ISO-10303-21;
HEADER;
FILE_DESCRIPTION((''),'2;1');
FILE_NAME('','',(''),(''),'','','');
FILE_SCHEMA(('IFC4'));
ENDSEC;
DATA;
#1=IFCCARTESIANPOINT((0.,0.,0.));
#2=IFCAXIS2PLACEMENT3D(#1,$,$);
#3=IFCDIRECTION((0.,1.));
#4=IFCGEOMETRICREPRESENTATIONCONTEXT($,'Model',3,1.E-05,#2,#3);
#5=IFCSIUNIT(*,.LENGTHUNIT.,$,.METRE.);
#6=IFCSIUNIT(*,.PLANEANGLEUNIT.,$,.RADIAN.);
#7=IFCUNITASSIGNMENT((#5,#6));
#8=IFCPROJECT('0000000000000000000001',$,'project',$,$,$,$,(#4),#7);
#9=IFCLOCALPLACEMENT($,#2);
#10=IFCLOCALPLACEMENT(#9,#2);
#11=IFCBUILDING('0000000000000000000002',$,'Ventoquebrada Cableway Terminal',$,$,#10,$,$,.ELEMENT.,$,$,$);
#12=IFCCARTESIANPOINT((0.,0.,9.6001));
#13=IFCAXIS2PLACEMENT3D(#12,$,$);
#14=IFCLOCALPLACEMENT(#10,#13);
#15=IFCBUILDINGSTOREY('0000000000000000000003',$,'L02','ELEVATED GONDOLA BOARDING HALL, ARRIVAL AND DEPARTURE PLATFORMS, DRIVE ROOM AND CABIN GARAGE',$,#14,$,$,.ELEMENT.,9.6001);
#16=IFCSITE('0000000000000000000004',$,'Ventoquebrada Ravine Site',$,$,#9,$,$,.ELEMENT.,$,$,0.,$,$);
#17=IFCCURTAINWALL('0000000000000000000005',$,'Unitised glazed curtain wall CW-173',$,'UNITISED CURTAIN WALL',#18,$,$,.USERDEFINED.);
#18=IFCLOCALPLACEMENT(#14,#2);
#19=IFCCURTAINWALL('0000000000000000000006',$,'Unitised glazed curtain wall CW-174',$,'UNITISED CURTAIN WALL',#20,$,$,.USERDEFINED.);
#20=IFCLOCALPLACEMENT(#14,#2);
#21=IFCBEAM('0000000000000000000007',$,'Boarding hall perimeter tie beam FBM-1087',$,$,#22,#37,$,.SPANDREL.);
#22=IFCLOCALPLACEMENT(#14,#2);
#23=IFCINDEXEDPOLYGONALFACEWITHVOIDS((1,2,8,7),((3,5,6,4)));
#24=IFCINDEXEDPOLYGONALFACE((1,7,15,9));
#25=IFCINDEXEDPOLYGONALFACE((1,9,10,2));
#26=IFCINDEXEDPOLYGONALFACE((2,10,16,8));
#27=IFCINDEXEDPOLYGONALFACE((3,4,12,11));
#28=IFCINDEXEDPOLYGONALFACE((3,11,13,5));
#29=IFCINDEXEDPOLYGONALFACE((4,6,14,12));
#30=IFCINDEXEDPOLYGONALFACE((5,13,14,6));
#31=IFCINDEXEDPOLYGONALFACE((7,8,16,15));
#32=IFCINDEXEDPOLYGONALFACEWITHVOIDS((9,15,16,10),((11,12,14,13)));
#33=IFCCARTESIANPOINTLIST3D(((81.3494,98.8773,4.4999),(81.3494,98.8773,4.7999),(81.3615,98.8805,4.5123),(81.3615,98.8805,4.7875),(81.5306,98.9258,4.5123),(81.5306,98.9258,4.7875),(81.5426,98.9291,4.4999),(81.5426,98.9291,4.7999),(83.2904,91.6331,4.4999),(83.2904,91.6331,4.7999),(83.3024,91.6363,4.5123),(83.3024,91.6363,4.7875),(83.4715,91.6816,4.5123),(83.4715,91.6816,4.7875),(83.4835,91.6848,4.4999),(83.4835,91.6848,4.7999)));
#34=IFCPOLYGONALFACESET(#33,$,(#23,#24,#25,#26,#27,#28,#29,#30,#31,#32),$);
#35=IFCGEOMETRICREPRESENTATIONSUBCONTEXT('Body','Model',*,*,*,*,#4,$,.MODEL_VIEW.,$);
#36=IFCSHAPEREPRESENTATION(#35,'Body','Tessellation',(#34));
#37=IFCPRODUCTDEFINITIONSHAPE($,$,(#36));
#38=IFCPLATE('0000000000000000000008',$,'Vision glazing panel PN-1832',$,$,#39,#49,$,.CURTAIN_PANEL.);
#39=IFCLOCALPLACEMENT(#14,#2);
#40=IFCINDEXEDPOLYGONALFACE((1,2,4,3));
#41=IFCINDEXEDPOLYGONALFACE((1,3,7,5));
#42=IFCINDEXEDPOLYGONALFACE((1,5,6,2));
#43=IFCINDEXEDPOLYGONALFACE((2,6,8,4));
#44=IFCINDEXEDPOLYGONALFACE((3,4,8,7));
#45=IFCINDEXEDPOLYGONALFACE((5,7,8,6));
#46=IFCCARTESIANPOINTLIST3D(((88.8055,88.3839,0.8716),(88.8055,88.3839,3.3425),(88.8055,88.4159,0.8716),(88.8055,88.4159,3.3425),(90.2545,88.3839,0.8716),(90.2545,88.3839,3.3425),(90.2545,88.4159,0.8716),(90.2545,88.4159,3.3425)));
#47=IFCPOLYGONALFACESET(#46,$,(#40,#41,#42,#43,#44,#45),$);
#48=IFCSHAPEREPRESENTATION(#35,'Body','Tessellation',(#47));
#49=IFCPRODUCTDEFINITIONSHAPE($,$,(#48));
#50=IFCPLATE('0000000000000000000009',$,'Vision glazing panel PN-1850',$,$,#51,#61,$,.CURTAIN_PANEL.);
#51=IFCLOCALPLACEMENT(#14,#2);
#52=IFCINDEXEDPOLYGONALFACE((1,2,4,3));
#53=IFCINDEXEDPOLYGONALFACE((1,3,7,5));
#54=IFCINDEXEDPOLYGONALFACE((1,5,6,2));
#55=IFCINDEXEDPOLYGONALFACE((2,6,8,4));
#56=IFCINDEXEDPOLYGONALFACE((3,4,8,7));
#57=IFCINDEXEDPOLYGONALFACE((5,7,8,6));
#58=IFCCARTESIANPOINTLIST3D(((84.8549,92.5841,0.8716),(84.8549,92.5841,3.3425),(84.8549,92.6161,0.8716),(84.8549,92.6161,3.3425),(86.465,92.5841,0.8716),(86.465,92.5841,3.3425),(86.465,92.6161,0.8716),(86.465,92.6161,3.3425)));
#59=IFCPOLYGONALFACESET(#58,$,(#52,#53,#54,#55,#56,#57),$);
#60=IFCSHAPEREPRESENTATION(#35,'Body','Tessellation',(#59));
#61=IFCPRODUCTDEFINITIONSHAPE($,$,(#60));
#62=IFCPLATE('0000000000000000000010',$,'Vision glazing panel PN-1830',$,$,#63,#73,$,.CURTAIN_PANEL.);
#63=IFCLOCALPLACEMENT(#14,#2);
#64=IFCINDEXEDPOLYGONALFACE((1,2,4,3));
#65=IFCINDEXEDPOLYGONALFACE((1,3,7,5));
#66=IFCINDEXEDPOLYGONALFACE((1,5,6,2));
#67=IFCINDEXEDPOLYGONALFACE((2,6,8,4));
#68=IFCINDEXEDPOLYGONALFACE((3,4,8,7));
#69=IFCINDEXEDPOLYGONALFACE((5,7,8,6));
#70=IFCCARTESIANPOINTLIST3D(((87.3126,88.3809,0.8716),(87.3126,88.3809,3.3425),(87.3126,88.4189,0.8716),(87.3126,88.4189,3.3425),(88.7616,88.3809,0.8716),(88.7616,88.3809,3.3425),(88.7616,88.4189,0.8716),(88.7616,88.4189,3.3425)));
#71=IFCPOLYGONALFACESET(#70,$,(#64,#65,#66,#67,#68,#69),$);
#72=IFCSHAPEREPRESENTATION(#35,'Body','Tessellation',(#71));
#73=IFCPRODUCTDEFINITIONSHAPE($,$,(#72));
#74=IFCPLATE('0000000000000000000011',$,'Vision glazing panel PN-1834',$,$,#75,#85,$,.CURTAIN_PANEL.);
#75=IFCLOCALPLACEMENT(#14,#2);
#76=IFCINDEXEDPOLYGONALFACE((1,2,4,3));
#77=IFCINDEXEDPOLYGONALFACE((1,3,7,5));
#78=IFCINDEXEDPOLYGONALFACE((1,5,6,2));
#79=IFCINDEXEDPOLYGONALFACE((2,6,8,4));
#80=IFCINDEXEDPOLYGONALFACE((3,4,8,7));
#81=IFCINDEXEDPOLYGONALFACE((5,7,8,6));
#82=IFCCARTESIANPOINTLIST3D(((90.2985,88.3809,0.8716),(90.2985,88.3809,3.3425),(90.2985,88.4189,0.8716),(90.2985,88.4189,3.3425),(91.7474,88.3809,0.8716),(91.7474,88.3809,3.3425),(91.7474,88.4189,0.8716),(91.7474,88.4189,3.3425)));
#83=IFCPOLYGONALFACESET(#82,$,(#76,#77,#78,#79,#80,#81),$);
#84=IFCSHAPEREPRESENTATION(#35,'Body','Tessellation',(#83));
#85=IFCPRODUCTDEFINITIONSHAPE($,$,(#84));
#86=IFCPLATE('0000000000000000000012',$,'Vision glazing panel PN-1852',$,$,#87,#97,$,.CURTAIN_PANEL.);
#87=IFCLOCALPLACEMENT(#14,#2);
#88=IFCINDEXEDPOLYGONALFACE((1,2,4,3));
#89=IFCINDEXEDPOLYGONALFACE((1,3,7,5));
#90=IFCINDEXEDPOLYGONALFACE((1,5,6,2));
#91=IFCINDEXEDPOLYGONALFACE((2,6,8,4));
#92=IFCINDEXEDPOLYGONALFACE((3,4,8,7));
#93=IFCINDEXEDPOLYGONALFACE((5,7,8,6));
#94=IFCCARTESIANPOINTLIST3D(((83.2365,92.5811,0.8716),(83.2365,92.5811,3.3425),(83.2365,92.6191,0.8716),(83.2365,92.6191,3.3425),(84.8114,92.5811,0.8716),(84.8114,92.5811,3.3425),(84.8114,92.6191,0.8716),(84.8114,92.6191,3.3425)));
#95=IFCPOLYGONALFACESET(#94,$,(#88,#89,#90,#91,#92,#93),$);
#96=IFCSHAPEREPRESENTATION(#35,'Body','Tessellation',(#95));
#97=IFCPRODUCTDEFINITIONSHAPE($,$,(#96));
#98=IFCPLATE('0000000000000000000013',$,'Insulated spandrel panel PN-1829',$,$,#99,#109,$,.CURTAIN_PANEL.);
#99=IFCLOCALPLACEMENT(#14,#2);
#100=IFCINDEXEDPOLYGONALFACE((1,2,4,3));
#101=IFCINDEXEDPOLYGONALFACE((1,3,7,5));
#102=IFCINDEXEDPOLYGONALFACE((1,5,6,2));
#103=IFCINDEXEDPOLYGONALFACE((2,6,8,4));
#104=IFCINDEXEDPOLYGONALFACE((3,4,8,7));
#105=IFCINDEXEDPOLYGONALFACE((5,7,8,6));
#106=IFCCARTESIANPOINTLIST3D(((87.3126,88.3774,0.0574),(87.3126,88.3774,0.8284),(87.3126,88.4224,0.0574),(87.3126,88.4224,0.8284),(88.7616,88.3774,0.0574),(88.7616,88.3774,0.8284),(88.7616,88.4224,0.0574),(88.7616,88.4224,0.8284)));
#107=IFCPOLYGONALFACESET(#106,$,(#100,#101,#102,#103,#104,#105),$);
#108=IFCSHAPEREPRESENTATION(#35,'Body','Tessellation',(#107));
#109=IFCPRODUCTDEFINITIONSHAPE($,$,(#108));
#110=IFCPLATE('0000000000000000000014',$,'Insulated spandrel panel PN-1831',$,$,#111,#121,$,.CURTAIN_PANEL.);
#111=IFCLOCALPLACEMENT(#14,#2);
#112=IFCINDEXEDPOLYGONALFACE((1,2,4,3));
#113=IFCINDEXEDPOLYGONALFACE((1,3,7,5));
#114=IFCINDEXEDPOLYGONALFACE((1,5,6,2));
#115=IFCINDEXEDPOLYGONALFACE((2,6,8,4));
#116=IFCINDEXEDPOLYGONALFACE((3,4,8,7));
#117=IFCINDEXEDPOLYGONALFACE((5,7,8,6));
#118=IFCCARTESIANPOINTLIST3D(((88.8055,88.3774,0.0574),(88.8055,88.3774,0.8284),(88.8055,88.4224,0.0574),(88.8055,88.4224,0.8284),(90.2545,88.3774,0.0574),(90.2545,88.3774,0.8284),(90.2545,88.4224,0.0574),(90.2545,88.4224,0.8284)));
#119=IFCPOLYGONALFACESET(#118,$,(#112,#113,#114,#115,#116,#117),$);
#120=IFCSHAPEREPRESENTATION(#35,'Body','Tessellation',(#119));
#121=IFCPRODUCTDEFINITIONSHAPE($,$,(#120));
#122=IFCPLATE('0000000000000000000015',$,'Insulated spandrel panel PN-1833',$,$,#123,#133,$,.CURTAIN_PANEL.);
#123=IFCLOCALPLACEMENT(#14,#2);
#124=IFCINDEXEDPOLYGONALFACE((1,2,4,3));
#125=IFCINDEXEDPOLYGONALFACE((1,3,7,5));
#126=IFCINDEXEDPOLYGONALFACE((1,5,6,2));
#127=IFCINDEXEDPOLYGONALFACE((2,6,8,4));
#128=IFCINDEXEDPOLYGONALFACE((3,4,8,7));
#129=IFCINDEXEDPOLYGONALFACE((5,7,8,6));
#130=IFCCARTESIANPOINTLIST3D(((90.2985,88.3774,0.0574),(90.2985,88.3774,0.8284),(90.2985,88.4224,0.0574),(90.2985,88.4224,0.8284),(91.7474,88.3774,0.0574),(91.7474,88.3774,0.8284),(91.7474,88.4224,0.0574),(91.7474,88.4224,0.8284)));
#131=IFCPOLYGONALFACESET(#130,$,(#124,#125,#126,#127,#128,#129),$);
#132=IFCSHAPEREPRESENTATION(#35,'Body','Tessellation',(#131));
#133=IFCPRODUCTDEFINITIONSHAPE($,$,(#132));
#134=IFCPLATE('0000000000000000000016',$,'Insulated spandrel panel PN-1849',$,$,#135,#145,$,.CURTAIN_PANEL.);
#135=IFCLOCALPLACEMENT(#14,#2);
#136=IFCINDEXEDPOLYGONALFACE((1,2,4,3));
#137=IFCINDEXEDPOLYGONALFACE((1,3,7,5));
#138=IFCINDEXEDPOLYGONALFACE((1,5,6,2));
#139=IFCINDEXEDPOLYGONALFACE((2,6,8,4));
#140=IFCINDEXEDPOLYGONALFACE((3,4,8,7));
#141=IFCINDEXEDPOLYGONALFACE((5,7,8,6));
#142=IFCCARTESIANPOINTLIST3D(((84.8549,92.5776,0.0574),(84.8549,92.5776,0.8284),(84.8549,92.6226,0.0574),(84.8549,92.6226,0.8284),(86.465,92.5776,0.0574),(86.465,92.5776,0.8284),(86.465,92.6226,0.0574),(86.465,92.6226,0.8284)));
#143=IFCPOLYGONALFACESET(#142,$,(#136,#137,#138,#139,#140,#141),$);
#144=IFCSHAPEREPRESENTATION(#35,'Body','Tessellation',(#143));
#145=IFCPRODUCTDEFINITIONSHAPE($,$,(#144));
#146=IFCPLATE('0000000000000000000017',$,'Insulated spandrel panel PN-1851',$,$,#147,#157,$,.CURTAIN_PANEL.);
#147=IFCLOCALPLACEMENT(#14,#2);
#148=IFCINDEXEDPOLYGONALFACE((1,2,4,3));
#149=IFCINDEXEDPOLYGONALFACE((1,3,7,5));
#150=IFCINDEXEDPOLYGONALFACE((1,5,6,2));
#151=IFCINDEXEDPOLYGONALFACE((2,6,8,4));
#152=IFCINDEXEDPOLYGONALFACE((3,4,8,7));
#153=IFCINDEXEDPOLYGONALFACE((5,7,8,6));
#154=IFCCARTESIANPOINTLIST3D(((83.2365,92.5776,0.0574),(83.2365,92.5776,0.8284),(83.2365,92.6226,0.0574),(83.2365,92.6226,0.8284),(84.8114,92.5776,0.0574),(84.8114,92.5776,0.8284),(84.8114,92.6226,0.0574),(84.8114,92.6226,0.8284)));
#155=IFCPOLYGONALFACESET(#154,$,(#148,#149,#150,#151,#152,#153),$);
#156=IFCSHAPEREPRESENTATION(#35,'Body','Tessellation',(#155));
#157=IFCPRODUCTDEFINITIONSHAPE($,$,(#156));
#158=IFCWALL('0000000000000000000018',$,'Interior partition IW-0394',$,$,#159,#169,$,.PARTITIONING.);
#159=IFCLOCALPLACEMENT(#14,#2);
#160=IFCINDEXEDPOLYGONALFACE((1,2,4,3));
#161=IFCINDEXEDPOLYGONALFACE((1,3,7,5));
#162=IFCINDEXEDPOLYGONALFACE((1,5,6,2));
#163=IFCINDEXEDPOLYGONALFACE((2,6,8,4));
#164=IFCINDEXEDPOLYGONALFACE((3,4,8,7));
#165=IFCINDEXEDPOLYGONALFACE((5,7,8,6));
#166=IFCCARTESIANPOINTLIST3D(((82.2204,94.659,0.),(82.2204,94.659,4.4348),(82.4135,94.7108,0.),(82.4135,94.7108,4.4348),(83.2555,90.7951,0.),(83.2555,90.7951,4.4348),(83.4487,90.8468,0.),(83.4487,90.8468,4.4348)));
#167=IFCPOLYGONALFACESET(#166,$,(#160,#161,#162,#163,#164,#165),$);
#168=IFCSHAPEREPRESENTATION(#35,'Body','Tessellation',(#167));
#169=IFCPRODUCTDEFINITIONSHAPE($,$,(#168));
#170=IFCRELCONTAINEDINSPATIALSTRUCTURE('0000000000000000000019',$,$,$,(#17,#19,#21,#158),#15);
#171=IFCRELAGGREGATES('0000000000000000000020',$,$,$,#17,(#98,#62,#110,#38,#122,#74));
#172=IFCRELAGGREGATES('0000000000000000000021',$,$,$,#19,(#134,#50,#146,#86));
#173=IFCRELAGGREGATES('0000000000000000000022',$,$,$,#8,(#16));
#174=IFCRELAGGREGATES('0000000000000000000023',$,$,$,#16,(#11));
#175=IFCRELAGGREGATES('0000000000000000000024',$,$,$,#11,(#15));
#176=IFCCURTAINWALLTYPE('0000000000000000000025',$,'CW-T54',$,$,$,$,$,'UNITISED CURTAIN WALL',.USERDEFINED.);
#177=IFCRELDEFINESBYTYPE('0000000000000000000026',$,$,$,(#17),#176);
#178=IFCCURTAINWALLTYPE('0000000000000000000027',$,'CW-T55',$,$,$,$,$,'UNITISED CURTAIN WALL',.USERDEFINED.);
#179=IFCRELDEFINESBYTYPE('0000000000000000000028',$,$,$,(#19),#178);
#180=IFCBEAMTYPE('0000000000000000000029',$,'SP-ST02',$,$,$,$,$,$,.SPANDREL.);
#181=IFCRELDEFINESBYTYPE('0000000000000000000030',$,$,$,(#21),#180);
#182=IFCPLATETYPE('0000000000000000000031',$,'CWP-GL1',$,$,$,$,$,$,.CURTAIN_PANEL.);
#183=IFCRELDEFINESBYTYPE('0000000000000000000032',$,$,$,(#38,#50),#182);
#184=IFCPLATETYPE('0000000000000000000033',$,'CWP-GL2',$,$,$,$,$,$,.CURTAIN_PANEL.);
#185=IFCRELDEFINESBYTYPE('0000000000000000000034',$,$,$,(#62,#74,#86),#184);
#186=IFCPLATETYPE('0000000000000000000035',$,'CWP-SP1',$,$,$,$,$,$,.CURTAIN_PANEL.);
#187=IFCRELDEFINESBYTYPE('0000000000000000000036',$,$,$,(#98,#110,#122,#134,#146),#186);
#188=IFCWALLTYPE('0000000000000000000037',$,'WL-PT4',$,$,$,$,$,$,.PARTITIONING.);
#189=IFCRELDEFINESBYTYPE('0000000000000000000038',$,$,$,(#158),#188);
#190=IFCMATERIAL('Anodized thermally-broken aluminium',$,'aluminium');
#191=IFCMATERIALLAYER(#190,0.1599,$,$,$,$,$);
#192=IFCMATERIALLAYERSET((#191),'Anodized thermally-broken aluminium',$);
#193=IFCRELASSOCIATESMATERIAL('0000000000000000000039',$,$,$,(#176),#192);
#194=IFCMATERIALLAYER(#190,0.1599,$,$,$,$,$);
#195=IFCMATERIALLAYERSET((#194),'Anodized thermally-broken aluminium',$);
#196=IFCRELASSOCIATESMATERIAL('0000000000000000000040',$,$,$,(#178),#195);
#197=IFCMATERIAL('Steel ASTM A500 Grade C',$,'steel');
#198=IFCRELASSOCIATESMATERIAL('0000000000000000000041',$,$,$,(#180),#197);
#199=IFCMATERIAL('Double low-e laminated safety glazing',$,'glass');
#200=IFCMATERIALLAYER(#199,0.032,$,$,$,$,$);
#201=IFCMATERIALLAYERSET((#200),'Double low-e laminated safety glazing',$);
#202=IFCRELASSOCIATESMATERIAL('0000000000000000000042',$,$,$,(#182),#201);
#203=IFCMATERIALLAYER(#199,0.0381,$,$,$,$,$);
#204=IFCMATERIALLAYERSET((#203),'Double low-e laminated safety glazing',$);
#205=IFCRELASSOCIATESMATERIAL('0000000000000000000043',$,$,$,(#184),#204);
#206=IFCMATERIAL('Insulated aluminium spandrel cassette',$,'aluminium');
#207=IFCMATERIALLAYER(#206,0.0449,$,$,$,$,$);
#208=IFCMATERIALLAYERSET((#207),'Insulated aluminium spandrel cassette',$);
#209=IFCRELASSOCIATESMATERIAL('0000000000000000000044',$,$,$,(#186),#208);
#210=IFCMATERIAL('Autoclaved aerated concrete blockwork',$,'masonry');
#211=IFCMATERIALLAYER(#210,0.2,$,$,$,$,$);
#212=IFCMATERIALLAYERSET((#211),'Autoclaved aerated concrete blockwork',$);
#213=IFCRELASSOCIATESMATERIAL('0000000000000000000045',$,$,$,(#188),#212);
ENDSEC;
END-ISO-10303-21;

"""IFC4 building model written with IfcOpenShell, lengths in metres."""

from ifc_helpers import new_model, si_unit, direction, frame, frame_2d, origin, origin_2d, place, context, subcontext, project, spatial, rectangle, hollow_rectangle, extrude, material, layer, layer_set, material_profile, profile_set, type_object, element, aggregate, save


model = new_model("IFC4")

# Units and contexts
model_context = context("Model", 3, precision=1e-05, world=origin(), true_north=direction((0.0, 1.0)))
body_context = subcontext(model_context, "Body", "Model", "MODEL_VIEW")
ifc_project = project(units=[si_unit("LENGTHUNIT", "METRE"), si_unit("PLANEANGLEUNIT", "RADIAN")], contexts=[model_context])

# Site, building, storey
site_placement = place(None, origin())
site = spatial("IfcSite", under=ifc_project, at=site_placement, Name="Ventoquebrada Ravine Site", CompositionType="ELEMENT", RefElevation=0.0)
building_placement = place(site_placement, origin())
building = spatial("IfcBuilding", under=site, at=building_placement, Name="Ventoquebrada Cableway Terminal", CompositionType="ELEMENT")
storey_placement = place(building_placement, frame((0.0, 0.0, 9.6001)))
storey = spatial("IfcBuildingStorey", under=building, at=storey_placement, Name="L02", Description="ELEVATED GONDOLA BOARDING HALL, ARRIVAL AND DEPARTURE PLATFORMS, DRIVE ROOM AND CABIN GARAGE", CompositionType="ELEMENT", Elevation=9.6001)

# Shared definitions
ifc_material_1 = material(Name="Steel ASTM A500 Grade C", Category="steel")

# Curtain walls
ifc_material_2 = material(Name="Anodized thermally-broken aluminium", Category="aluminium")
ifc_layer_1 = layer(ifc_material_2, 0.1599)
ifc_layer_set_1 = layer_set([ifc_layer_1], Name="Anodized thermally-broken aluminium")
curtain_wall_type_1 = type_object("IfcCurtainWallType", Name="CW-T54", ElementType="UNITISED CURTAIN WALL", PredefinedType="USERDEFINED", material=ifc_layer_set_1)
curtain_wall_1_placement = place(storey_placement, origin())
curtain_wall_1 = element("IfcCurtainWall", 1, at=curtain_wall_1_placement, inside=storey, type_object=curtain_wall_type_1, Name="Unitised glazed curtain wall CW-173", ObjectType="UNITISED CURTAIN WALL", PredefinedType="USERDEFINED")
ifc_layer_2 = layer(ifc_material_2, 0.1599)
ifc_layer_set_2 = layer_set([ifc_layer_2], Name="Anodized thermally-broken aluminium")
curtain_wall_type_2 = type_object("IfcCurtainWallType", Name="CW-T55", ElementType="UNITISED CURTAIN WALL", PredefinedType="USERDEFINED", material=ifc_layer_set_2)
curtain_wall_2_placement = place(storey_placement, origin())
curtain_wall_2 = element("IfcCurtainWall", 2, at=curtain_wall_2_placement, inside=storey, type_object=curtain_wall_type_2, Name="Unitised glazed curtain wall CW-174", ObjectType="UNITISED CURTAIN WALL", PredefinedType="USERDEFINED")

# Beam
ifc_material_profile_1 = material_profile(ifc_material_1, hollow_rectangle(XDim=0.2, YDim=0.3, WallThickness=0.0125, at=origin_2d()), Name="RHS300X200X12.5")
ifc_profile_set_1 = profile_set([ifc_material_profile_1], Name="Steel ASTM A500 Grade C")
beam_type_1 = type_object("IfcBeamType", Name="SP-ST02", PredefinedType="SPANDREL", material=ifc_profile_set_1)
beam_1_placement = place(storey_placement, frame((83.387, 91.6589, 4.6499), z_axis=(-0.258801, 0.965931, 0.0), x_axis=(-0.965931, -0.258801, 0.0)))
element("IfcBeam", 3, at=beam_1_placement, inside=storey, type_object=beam_type_1, Name="Boarding hall perimeter tie beam FBM-1087", PredefinedType="SPANDREL", context=body_context, shape_type="SweptSolid", body=[
    extrude(hollow_rectangle(XDim=0.2, YDim=0.3, WallThickness=0.0125, at=origin_2d()), origin(), (0.0, 0.0, 1.0), 7.4998),
])

# Plates
ifc_material_3 = material(Name="Double low-e laminated safety glazing", Category="glass")
ifc_layer_3 = layer(ifc_material_3, 0.032)
ifc_layer_set_3 = layer_set([ifc_layer_3], Name="Double low-e laminated safety glazing")
plate_type_1 = type_object("IfcPlateType", Name="CWP-GL1", PredefinedType="CURTAIN_PANEL", material=ifc_layer_set_3)
plate_1_placement = place(storey_placement, frame((89.53, 88.3999, 0.8716), z_axis=(0.0, 0.0, 1.0), x_axis=(1.0, 0.0, 0.0)))
plate_1 = element("IfcPlate", 4, at=plate_1_placement, type_object=plate_type_1, Name="Vision glazing panel PN-1832", PredefinedType="CURTAIN_PANEL", context=body_context, shape_type="SweptSolid", body=[
    extrude(rectangle(XDim=1.449, YDim=0.032, at=origin_2d()), origin(), (0.0, 0.0, 1.0), 2.4709),
])
plate_2_placement = place(storey_placement, frame((85.6599, 92.6001, 0.8716), z_axis=(0.0, 0.0, 1.0), x_axis=(-1.0, 0.0, 0.0)))
plate_2 = element("IfcPlate", 5, at=plate_2_placement, type_object=plate_type_1, Name="Vision glazing panel PN-1850", PredefinedType="CURTAIN_PANEL", context=body_context, shape_type="SweptSolid", body=[
    extrude(rectangle(XDim=1.6101, YDim=0.032, at=origin_2d()), origin(), (0.0, 0.0, 1.0), 2.4709),
])
ifc_layer_4 = layer(ifc_material_3, 0.0381)
ifc_layer_set_4 = layer_set([ifc_layer_4], Name="Double low-e laminated safety glazing")
plate_type_2 = type_object("IfcPlateType", Name="CWP-GL2", PredefinedType="CURTAIN_PANEL", material=ifc_layer_set_4)
plate_3_placement = place(storey_placement, frame((88.0371, 88.3999, 0.8716), z_axis=(0.0, 0.0, 1.0), x_axis=(1.0, 0.0, 0.0)))
plate_3 = element("IfcPlate", 6, at=plate_3_placement, type_object=plate_type_2, Name="Vision glazing panel PN-1830", PredefinedType="CURTAIN_PANEL", context=body_context, shape_type="SweptSolid", body=[
    extrude(rectangle(XDim=1.449, YDim=0.0381, at=origin_2d()), origin(), (0.0, 0.0, 1.0), 2.4709),
])
plate_4_placement = place(storey_placement, frame((91.0229, 88.3999, 0.8716), z_axis=(0.0, 0.0, 1.0), x_axis=(1.0, 0.0, 0.0)))
plate_4 = element("IfcPlate", 7, at=plate_4_placement, type_object=plate_type_2, Name="Vision glazing panel PN-1834", PredefinedType="CURTAIN_PANEL", context=body_context, shape_type="SweptSolid", body=[
    extrude(rectangle(XDim=1.449, YDim=0.0381, at=origin_2d()), origin(), (0.0, 0.0, 1.0), 2.4709),
])
plate_5_placement = place(storey_placement, frame((84.0239, 92.6001, 0.8716), z_axis=(0.0, 0.0, 1.0), x_axis=(-1.0, 0.0, 0.0)))
plate_5 = element("IfcPlate", 8, at=plate_5_placement, type_object=plate_type_2, Name="Vision glazing panel PN-1852", PredefinedType="CURTAIN_PANEL", context=body_context, shape_type="SweptSolid", body=[
    extrude(rectangle(XDim=1.575, YDim=0.0381, at=origin_2d()), origin(), (0.0, 0.0, 1.0), 2.4709),
])
ifc_material_4 = material(Name="Insulated aluminium spandrel cassette", Category="aluminium")
ifc_layer_5 = layer(ifc_material_4, 0.0449)
ifc_layer_set_5 = layer_set([ifc_layer_5], Name="Insulated aluminium spandrel cassette")
plate_type_3 = type_object("IfcPlateType", Name="CWP-SP1", PredefinedType="CURTAIN_PANEL", material=ifc_layer_set_5)
plate_6_placement = place(storey_placement, frame((88.0371, 88.3999, 0.0574), z_axis=(0.0, 0.0, 1.0), x_axis=(1.0, 0.0, 0.0)))
plate_6 = element("IfcPlate", 9, at=plate_6_placement, type_object=plate_type_3, Name="Insulated spandrel panel PN-1829", PredefinedType="CURTAIN_PANEL", context=body_context, shape_type="SweptSolid", body=[
    extrude(rectangle(XDim=1.449, YDim=0.0449, at=origin_2d()), origin(), (0.0, 0.0, 1.0), 0.771),
])
plate_7_placement = place(storey_placement, frame((89.53, 88.3999, 0.0574), z_axis=(0.0, 0.0, 1.0), x_axis=(1.0, 0.0, 0.0)))
plate_7 = element("IfcPlate", 10, at=plate_7_placement, type_object=plate_type_3, Name="Insulated spandrel panel PN-1831", PredefinedType="CURTAIN_PANEL", context=body_context, shape_type="SweptSolid", body=[
    extrude(rectangle(XDim=1.449, YDim=0.0449, at=origin_2d()), origin(), (0.0, 0.0, 1.0), 0.771),
])
plate_8_placement = place(storey_placement, frame((91.0229, 88.3999, 0.0574), z_axis=(0.0, 0.0, 1.0), x_axis=(1.0, 0.0, 0.0)))
plate_8 = element("IfcPlate", 11, at=plate_8_placement, type_object=plate_type_3, Name="Insulated spandrel panel PN-1833", PredefinedType="CURTAIN_PANEL", context=body_context, shape_type="SweptSolid", body=[
    extrude(rectangle(XDim=1.449, YDim=0.0449, at=origin_2d()), origin(), (0.0, 0.0, 1.0), 0.771),
])
aggregate(curtain_wall_1, [plate_6, plate_3, plate_7, plate_1, plate_8, plate_4])
plate_9_placement = place(storey_placement, frame((85.6599, 92.6001, 0.0574), z_axis=(0.0, 0.0, 1.0), x_axis=(-1.0, 0.0, 0.0)))
plate_9 = element("IfcPlate", 12, at=plate_9_placement, type_object=plate_type_3, Name="Insulated spandrel panel PN-1849", PredefinedType="CURTAIN_PANEL", context=body_context, shape_type="SweptSolid", body=[
    extrude(rectangle(XDim=1.6101, YDim=0.0449, at=origin_2d()), origin(), (0.0, 0.0, 1.0), 0.771),
])
plate_10_placement = place(storey_placement, frame((84.0239, 92.6001, 0.0574), z_axis=(0.0, 0.0, 1.0), x_axis=(-1.0, 0.0, 0.0)))
plate_10 = element("IfcPlate", 13, at=plate_10_placement, type_object=plate_type_3, Name="Insulated spandrel panel PN-1851", PredefinedType="CURTAIN_PANEL", context=body_context, shape_type="SweptSolid", body=[
    extrude(rectangle(XDim=1.575, YDim=0.0449, at=origin_2d()), origin(), (0.0, 0.0, 1.0), 0.771),
])
aggregate(curtain_wall_2, [plate_9, plate_2, plate_10, plate_5])

# Wall
ifc_material_5 = material(Name="Autoclaved aerated concrete blockwork", Category="masonry")
ifc_layer_6 = layer(ifc_material_5, 0.2)
ifc_layer_set_6 = layer_set([ifc_layer_6], Name="Autoclaved aerated concrete blockwork")
wall_type = type_object("IfcWallType", Name="WL-PT4", PredefinedType="PARTITIONING", material=ifc_layer_set_6)
wall_placement = place(storey_placement, frame((83.3521, 90.821, 0.0), z_axis=(0.0, 0.0, 1.0), x_axis=(-0.258772, 0.965939, 0.0)))
element("IfcWall", 14, at=wall_placement, inside=storey, type_object=wall_type, Name="Interior partition IW-0394", PredefinedType="PARTITIONING", context=body_context, shape_type="SweptSolid", body=[
    extrude(rectangle(XDim=4.0002, YDim=0.2, at=frame_2d((2.0, 0.0))), origin(), (0.0, 0.0, 1.0), 4.4348),
])

save(model, "model.ifc")
